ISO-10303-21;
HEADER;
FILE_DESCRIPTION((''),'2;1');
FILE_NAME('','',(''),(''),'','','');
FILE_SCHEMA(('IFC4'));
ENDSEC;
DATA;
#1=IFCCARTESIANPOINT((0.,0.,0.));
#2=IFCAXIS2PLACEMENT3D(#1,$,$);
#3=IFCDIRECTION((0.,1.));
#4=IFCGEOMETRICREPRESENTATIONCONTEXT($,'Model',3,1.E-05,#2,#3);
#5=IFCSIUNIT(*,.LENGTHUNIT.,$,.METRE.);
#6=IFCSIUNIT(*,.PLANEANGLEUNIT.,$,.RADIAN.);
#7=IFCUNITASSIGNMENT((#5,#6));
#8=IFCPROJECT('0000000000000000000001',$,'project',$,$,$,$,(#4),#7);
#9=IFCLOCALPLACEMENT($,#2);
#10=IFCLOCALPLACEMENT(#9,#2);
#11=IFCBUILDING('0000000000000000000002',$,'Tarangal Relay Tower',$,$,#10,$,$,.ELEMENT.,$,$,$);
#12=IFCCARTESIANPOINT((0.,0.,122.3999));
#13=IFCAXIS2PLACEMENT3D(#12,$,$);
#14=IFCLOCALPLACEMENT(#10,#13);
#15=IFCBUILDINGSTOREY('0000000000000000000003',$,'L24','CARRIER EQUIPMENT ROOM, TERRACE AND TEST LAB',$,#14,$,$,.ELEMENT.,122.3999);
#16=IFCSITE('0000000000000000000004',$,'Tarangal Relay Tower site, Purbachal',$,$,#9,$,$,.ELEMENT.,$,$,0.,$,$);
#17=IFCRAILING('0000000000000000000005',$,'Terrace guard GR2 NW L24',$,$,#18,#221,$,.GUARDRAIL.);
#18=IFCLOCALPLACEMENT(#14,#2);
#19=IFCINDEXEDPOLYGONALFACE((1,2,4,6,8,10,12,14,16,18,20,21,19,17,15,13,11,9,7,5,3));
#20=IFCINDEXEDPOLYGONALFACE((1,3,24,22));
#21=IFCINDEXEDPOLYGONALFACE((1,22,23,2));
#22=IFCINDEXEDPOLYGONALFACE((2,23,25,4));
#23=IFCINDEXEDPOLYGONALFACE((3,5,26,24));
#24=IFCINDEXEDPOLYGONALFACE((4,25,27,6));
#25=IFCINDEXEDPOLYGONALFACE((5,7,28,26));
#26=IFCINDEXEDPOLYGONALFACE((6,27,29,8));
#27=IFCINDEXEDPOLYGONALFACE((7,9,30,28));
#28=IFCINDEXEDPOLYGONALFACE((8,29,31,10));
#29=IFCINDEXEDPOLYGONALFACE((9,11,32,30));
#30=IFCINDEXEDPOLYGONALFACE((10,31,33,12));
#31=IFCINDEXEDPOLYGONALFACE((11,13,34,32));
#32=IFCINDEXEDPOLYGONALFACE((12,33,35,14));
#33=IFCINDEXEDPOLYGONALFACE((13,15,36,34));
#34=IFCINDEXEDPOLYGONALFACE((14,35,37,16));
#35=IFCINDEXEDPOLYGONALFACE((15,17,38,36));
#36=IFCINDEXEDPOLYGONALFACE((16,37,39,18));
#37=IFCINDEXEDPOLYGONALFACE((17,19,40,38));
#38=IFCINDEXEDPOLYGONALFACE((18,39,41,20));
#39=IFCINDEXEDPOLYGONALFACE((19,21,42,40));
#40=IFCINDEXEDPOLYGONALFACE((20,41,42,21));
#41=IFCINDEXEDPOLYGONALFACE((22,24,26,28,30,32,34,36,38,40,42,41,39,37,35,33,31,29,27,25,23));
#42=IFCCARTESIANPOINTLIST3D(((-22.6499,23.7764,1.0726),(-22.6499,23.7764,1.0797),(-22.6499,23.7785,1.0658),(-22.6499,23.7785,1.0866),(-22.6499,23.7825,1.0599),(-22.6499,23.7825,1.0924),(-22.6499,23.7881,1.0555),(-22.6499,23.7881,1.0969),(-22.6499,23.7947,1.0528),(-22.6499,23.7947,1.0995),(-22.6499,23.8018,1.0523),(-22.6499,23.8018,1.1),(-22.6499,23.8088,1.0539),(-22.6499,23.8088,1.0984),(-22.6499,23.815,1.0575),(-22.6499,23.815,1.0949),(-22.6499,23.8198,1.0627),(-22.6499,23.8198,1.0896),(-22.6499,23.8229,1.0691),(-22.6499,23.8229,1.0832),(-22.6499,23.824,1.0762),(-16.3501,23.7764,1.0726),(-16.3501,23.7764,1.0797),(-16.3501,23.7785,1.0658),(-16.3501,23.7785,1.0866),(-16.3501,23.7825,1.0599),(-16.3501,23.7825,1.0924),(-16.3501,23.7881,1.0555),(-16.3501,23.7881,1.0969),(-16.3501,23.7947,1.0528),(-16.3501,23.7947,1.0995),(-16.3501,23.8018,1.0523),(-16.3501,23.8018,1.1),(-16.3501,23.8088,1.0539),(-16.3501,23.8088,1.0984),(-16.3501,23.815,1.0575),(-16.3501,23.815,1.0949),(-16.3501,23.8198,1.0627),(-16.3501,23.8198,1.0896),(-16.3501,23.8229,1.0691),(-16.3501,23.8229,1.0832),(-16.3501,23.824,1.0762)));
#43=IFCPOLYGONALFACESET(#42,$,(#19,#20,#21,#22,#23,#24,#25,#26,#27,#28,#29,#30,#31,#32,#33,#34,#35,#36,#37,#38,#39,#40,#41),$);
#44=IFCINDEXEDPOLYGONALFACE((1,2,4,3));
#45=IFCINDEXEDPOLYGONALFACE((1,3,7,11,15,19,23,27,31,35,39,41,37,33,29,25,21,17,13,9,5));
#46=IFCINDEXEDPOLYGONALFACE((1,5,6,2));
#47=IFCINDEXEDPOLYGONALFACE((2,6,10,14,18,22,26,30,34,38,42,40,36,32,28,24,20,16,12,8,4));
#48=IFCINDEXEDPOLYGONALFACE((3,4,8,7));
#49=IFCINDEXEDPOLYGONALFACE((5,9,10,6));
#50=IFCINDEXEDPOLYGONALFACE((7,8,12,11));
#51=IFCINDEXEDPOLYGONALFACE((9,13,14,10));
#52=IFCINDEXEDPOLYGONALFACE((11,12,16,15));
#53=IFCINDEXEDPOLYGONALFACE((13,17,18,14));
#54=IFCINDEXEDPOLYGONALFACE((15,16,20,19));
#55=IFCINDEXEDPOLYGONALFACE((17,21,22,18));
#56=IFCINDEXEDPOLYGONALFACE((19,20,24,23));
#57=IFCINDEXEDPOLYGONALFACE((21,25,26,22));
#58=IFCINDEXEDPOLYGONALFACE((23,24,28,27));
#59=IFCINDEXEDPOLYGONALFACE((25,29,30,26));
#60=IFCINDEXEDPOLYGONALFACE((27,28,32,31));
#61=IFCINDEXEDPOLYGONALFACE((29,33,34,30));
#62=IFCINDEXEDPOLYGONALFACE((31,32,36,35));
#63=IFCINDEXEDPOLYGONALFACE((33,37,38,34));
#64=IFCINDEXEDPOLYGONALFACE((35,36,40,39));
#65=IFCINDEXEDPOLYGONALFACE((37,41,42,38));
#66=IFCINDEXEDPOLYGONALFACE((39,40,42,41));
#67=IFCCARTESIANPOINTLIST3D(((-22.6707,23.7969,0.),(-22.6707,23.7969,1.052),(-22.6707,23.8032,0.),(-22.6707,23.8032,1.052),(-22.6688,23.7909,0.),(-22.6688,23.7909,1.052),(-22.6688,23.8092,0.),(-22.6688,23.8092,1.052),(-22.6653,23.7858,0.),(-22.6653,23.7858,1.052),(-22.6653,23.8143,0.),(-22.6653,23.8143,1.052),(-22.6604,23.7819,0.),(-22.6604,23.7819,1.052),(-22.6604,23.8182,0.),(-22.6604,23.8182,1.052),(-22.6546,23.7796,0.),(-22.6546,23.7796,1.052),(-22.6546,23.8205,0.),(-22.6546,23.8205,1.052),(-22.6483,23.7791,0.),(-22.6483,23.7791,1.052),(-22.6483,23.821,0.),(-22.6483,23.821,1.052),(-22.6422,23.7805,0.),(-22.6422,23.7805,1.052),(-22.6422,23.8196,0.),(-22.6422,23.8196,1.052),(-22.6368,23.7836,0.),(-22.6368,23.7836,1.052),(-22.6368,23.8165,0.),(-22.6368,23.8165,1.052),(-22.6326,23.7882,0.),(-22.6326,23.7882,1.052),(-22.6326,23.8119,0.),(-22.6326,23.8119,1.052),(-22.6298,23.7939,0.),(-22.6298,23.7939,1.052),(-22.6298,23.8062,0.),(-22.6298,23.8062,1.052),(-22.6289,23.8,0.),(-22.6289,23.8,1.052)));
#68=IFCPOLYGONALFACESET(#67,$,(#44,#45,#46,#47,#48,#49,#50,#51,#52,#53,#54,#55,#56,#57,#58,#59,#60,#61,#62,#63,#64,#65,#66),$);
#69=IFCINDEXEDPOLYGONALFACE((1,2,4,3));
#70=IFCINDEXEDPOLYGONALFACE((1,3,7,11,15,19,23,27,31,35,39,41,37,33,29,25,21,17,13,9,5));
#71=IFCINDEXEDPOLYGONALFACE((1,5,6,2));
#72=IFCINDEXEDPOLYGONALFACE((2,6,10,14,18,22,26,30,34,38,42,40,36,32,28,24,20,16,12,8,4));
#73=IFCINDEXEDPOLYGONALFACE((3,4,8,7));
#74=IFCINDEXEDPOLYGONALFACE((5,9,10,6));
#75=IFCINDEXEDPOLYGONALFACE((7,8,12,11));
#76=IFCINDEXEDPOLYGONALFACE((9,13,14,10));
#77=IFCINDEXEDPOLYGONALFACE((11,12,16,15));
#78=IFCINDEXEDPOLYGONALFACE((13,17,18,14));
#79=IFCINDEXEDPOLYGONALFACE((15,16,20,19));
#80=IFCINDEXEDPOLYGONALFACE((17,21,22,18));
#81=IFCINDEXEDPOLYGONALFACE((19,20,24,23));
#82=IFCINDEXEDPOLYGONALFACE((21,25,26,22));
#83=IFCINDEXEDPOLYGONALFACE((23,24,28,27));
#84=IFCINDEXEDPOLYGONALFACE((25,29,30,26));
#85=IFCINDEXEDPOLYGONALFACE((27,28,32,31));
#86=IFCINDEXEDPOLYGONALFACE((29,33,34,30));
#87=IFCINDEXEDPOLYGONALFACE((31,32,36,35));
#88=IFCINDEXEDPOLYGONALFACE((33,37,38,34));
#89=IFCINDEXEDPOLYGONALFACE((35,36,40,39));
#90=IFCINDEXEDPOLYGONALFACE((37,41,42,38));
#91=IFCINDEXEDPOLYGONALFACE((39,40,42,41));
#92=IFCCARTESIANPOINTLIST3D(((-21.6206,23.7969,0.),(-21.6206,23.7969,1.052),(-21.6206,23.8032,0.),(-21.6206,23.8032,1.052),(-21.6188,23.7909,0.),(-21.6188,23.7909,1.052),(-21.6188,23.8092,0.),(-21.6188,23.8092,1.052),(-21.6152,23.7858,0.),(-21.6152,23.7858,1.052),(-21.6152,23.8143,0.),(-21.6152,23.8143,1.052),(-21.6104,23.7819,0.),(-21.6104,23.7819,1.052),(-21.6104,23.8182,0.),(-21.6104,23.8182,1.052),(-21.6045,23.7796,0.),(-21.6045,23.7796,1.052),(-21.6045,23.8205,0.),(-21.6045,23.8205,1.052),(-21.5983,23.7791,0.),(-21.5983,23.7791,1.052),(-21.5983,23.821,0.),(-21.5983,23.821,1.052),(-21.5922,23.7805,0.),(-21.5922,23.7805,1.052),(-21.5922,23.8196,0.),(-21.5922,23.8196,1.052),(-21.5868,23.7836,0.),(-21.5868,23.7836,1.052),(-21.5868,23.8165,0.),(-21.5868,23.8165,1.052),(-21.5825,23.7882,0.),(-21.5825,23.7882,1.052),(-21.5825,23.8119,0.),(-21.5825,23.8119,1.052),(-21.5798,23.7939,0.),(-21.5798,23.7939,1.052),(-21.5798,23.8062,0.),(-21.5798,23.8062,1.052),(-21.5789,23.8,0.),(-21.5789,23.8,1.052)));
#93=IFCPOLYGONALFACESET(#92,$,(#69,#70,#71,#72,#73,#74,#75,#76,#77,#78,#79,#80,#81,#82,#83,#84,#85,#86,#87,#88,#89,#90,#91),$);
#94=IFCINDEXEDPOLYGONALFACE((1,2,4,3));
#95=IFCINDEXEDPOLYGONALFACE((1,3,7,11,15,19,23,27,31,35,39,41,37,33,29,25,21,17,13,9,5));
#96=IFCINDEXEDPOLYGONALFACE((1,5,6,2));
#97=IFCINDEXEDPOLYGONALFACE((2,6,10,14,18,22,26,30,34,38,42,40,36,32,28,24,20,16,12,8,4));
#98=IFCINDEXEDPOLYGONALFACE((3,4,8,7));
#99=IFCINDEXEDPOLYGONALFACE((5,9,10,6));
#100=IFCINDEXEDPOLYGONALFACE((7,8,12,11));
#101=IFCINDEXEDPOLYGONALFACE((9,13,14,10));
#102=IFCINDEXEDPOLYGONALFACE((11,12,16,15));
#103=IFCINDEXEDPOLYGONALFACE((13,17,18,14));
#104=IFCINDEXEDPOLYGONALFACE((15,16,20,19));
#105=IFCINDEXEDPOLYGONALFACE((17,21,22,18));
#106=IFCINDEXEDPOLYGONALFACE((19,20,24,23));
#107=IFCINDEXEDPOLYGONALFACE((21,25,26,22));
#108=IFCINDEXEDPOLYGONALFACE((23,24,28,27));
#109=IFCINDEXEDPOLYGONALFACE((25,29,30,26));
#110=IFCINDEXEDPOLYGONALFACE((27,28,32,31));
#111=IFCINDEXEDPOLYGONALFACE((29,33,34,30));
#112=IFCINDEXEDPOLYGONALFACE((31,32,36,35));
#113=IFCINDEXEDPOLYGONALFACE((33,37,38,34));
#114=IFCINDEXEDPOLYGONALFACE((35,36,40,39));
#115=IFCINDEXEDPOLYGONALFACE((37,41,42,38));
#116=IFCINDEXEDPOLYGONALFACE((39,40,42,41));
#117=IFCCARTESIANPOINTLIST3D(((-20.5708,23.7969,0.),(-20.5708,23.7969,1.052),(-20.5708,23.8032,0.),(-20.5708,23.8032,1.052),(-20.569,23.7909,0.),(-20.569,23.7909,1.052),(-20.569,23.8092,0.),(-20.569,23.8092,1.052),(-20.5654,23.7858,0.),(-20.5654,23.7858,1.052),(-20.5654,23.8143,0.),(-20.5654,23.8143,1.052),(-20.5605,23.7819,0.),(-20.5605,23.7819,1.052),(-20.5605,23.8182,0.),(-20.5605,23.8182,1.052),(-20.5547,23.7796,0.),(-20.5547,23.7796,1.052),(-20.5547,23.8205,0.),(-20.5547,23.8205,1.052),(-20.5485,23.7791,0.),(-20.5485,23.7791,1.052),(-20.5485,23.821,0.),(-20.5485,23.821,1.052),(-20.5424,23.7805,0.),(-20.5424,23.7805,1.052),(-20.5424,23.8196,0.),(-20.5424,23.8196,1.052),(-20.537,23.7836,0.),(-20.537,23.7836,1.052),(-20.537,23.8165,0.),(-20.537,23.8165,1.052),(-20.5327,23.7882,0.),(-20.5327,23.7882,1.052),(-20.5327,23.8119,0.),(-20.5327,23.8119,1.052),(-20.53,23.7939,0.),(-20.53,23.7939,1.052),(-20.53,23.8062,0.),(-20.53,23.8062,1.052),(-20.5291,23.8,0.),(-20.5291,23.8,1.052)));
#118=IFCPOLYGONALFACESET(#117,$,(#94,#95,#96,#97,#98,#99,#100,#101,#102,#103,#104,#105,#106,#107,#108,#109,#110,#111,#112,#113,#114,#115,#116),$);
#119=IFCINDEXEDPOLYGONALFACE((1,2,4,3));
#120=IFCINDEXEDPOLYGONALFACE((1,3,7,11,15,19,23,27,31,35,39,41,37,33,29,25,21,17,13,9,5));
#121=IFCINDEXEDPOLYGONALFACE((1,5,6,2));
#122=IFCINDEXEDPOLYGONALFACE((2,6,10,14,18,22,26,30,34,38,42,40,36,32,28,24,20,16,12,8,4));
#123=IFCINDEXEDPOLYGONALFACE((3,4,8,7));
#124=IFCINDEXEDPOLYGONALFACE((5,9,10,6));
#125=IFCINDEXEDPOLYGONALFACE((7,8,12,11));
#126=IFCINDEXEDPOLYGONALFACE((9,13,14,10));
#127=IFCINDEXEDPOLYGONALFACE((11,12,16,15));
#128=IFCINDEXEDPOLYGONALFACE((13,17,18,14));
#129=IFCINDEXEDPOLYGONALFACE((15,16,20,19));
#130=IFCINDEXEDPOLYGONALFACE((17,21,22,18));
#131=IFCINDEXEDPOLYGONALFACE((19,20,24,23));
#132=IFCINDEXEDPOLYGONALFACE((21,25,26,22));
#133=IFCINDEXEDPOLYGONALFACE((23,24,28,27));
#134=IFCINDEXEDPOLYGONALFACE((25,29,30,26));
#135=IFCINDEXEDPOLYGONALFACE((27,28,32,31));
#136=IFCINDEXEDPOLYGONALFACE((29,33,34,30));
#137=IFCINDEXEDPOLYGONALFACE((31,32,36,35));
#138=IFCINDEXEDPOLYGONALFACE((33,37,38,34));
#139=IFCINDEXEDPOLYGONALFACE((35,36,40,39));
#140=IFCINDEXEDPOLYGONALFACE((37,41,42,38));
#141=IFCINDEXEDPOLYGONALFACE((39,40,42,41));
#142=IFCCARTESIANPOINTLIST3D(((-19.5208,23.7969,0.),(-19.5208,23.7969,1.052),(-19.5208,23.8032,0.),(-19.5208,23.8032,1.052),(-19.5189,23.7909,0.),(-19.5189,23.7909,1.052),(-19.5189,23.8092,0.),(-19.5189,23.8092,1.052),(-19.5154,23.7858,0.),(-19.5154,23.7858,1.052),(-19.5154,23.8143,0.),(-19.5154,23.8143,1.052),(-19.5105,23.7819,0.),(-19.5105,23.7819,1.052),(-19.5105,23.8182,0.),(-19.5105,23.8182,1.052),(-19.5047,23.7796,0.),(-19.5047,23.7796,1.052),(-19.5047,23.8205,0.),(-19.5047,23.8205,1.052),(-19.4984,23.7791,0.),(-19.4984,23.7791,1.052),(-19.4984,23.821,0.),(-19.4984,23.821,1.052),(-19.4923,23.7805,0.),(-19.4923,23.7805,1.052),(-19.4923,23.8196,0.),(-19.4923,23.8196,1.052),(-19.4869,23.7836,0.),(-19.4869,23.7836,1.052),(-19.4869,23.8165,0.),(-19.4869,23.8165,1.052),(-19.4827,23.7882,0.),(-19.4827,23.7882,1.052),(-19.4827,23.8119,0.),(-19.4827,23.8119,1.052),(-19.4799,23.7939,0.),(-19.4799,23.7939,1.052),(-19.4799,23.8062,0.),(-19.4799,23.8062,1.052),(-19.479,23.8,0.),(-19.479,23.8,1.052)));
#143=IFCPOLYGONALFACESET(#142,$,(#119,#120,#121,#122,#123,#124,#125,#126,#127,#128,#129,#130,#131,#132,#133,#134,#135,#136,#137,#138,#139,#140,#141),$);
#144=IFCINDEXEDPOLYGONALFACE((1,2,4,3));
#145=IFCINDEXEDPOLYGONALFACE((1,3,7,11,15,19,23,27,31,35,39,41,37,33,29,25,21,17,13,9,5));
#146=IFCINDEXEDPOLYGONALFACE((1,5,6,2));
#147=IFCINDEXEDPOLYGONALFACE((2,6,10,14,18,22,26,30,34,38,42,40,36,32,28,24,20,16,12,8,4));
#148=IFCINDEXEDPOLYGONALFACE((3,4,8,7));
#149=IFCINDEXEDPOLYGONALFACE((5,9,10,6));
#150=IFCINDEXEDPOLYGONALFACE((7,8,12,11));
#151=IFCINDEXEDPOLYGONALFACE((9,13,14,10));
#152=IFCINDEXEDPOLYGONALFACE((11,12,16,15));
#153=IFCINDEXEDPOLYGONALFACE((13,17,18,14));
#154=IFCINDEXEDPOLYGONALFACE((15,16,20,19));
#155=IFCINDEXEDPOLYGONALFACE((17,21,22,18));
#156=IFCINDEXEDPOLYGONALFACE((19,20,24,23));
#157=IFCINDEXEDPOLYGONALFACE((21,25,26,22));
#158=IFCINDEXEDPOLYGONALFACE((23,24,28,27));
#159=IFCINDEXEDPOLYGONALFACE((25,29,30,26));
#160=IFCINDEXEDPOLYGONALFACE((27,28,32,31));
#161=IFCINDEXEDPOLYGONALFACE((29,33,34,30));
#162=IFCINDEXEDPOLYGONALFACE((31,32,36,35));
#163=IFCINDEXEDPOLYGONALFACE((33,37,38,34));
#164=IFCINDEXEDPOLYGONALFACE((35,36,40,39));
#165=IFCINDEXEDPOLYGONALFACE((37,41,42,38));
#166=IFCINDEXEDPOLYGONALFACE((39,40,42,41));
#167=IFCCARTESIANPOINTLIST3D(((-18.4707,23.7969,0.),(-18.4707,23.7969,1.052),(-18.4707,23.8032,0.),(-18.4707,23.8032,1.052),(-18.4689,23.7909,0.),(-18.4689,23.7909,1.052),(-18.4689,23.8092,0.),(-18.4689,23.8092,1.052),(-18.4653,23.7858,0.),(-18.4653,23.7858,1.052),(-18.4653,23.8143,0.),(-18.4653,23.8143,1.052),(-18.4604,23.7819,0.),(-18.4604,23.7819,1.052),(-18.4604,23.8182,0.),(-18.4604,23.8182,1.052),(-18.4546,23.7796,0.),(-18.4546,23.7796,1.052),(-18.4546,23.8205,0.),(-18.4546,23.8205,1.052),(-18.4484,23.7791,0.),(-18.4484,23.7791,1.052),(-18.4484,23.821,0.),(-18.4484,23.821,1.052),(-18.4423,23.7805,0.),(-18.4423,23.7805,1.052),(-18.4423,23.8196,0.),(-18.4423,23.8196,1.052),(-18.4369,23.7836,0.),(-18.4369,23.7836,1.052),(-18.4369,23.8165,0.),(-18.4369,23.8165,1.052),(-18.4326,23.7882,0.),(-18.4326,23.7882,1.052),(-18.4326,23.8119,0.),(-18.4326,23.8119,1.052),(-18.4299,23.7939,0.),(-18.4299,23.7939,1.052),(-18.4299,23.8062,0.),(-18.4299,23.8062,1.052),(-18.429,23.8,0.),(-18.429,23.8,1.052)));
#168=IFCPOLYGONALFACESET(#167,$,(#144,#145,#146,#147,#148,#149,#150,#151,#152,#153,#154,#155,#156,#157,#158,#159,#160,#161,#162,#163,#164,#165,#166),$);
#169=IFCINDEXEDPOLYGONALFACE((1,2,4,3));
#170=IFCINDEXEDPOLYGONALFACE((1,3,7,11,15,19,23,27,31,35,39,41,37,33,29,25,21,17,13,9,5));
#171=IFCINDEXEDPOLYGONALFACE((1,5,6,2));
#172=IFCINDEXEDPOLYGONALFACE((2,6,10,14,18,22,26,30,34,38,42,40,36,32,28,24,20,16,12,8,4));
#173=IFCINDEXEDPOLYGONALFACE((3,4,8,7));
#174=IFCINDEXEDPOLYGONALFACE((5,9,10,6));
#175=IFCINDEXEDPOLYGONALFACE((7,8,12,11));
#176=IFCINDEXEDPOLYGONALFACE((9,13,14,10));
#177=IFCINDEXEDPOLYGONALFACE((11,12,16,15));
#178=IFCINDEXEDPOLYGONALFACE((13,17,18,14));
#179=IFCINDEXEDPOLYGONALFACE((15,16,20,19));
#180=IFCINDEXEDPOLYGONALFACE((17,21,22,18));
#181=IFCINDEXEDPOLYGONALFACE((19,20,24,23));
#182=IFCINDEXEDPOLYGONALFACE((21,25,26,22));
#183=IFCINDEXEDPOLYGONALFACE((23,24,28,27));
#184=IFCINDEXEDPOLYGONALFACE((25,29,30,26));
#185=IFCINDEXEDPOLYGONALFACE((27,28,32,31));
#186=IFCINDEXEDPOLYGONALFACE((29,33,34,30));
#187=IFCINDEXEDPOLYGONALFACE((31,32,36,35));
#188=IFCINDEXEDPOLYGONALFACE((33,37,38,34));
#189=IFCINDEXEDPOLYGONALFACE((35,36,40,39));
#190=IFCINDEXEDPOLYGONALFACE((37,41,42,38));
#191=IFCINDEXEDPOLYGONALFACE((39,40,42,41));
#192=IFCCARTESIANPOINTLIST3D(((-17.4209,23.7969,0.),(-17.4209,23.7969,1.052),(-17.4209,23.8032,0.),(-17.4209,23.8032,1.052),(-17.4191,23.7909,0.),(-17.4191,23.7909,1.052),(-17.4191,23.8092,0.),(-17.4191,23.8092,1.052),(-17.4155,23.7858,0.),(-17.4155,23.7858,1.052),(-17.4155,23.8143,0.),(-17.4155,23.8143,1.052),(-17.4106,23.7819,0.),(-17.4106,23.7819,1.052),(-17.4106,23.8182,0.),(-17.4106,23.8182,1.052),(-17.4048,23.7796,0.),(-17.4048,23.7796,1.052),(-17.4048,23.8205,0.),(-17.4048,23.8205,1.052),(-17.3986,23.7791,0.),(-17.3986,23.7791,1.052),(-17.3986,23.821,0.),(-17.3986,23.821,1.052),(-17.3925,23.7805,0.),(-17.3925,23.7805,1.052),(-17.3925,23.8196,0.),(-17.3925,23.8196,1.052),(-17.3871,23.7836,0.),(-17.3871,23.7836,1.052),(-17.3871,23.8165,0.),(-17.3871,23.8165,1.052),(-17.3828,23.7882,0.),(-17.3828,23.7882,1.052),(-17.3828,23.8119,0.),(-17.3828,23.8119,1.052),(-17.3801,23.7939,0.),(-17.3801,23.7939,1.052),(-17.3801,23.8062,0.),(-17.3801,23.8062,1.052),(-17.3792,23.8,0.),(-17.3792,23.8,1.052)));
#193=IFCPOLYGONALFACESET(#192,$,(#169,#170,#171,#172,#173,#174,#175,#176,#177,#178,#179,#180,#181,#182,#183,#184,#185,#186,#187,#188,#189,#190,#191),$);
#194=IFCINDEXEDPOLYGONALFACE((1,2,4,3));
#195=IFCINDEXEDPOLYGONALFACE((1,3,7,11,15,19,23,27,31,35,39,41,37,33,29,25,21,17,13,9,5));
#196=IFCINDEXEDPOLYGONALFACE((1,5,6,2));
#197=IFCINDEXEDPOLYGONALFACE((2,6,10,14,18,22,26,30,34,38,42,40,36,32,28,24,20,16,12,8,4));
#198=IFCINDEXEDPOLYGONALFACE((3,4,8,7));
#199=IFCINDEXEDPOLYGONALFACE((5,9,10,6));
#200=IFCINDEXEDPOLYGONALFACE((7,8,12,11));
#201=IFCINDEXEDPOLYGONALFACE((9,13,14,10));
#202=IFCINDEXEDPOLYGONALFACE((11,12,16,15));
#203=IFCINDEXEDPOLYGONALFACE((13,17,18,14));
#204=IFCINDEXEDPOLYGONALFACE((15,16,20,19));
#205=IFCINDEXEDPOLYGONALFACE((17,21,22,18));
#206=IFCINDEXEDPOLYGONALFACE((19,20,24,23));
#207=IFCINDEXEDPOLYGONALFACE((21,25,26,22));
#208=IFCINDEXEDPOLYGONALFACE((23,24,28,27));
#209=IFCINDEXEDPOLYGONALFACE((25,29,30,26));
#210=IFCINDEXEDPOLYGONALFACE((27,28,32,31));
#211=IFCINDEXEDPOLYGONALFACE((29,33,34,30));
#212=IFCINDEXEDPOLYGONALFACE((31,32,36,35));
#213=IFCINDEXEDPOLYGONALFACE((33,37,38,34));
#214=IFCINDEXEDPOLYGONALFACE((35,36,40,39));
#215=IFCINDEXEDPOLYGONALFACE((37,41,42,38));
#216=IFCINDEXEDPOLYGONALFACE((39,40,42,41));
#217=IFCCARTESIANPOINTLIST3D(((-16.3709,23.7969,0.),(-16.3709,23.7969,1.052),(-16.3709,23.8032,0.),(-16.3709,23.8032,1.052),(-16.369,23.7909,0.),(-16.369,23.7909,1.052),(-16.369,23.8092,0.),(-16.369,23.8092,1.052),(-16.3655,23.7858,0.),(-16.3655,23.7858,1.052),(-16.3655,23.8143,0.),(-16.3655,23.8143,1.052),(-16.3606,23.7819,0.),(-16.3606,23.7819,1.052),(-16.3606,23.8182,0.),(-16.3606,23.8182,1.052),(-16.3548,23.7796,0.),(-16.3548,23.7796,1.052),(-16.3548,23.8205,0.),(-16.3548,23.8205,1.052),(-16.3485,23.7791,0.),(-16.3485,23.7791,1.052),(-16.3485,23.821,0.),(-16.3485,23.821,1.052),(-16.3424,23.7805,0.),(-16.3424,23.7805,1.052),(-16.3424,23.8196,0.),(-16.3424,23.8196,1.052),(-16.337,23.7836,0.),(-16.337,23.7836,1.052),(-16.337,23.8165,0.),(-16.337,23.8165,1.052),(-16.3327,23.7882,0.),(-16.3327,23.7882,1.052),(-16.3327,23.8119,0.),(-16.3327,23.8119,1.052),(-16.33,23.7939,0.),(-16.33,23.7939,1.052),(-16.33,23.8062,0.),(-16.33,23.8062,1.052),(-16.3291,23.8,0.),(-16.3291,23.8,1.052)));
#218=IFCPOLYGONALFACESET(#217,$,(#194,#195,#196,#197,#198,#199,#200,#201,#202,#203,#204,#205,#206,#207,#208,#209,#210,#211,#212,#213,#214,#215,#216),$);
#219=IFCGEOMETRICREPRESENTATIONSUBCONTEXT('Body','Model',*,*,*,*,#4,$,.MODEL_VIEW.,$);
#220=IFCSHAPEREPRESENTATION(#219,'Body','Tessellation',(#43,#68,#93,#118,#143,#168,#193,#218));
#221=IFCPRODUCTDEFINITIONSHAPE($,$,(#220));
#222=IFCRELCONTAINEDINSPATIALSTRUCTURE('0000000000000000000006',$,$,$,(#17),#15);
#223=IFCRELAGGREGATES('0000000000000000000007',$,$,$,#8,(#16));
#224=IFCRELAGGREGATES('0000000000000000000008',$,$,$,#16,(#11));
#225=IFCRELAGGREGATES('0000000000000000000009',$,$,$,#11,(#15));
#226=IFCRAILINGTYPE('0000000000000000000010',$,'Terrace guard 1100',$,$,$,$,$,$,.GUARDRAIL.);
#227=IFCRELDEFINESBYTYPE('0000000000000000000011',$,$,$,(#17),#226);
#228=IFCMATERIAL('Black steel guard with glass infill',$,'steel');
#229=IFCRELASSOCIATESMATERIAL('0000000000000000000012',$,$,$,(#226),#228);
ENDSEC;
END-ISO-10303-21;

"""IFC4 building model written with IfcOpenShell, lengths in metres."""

from ifc_helpers import new_model, si_unit, direction, frame, origin, origin_2d, place, context, subcontext, project, spatial, circle, extrude, material, type_object, element, save


model = new_model("IFC4")

# Units and contexts
model_context = context("Model", 3, precision=1e-05, world=origin(), true_north=direction((0.0, 1.0)))
body_context = subcontext(model_context, "Body", "Model", "MODEL_VIEW")
ifc_project = project(units=[si_unit("LENGTHUNIT", "METRE"), si_unit("PLANEANGLEUNIT", "RADIAN")], contexts=[model_context])

# Site, building, storey
site_placement = place(None, origin())
site = spatial("IfcSite", under=ifc_project, at=site_placement, Name="Tarangal Relay Tower site, Purbachal", CompositionType="ELEMENT", RefElevation=0.0)
building_placement = place(site_placement, origin())
building = spatial("IfcBuilding", under=site, at=building_placement, Name="Tarangal Relay Tower", CompositionType="ELEMENT")
storey_placement = place(building_placement, frame((0.0, 0.0, 122.3999)))
storey = spatial("IfcBuildingStorey", under=building, at=storey_placement, Name="L24", Description="CARRIER EQUIPMENT ROOM, TERRACE AND TEST LAB", CompositionType="ELEMENT", Elevation=122.3999)

# Railing
ifc_material_1 = material(Name="Black steel guard with glass infill", Category="steel")
railing_type = type_object("IfcRailingType", Name="Terrace guard 1100", PredefinedType="GUARDRAIL", material=ifc_material_1)
railing_1_placement = place(storey_placement, frame((-22.6499, 23.8, 0.0)))
element("IfcRailing", 1, at=railing_1_placement, inside=storey, type_object=railing_type, Name="Terrace guard GR2 NW L24", PredefinedType="GUARDRAIL", context=body_context, shape_type="SweptSolid", body=[
    extrude(circle(Radius=0.0239, at=origin_2d()), frame((0.0, 0.0, 1.0762), z_axis=(1.0, 0.0, 0.0), x_axis=(0.0, 1.0, 0.0)), (0.0, 0.0, 1.0), 6.2998),
    extrude(circle(Radius=0.021, at=origin_2d()), origin(), (0.0, 0.0, 1.0), 1.052),
    extrude(circle(Radius=0.021, at=origin_2d()), frame((1.05, 0.0, 0.0)), (0.0, 0.0, 1.0), 1.052),
    extrude(circle(Radius=0.021, at=origin_2d()), frame((2.0999, 0.0, 0.0)), (0.0, 0.0, 1.0), 1.052),
    extrude(circle(Radius=0.021, at=origin_2d()), frame((3.1499, 0.0, 0.0)), (0.0, 0.0, 1.0), 1.052),
    extrude(circle(Radius=0.021, at=origin_2d()), frame((4.2, 0.0, 0.0)), (0.0, 0.0, 1.0), 1.052),
    extrude(circle(Radius=0.021, at=origin_2d()), frame((5.2498, 0.0, 0.0)), (0.0, 0.0, 1.0), 1.052),
    extrude(circle(Radius=0.021, at=origin_2d()), frame((6.2998, 0.0, 0.0)), (0.0, 0.0, 1.0), 1.052),
])

save(model, "model.ifc")
